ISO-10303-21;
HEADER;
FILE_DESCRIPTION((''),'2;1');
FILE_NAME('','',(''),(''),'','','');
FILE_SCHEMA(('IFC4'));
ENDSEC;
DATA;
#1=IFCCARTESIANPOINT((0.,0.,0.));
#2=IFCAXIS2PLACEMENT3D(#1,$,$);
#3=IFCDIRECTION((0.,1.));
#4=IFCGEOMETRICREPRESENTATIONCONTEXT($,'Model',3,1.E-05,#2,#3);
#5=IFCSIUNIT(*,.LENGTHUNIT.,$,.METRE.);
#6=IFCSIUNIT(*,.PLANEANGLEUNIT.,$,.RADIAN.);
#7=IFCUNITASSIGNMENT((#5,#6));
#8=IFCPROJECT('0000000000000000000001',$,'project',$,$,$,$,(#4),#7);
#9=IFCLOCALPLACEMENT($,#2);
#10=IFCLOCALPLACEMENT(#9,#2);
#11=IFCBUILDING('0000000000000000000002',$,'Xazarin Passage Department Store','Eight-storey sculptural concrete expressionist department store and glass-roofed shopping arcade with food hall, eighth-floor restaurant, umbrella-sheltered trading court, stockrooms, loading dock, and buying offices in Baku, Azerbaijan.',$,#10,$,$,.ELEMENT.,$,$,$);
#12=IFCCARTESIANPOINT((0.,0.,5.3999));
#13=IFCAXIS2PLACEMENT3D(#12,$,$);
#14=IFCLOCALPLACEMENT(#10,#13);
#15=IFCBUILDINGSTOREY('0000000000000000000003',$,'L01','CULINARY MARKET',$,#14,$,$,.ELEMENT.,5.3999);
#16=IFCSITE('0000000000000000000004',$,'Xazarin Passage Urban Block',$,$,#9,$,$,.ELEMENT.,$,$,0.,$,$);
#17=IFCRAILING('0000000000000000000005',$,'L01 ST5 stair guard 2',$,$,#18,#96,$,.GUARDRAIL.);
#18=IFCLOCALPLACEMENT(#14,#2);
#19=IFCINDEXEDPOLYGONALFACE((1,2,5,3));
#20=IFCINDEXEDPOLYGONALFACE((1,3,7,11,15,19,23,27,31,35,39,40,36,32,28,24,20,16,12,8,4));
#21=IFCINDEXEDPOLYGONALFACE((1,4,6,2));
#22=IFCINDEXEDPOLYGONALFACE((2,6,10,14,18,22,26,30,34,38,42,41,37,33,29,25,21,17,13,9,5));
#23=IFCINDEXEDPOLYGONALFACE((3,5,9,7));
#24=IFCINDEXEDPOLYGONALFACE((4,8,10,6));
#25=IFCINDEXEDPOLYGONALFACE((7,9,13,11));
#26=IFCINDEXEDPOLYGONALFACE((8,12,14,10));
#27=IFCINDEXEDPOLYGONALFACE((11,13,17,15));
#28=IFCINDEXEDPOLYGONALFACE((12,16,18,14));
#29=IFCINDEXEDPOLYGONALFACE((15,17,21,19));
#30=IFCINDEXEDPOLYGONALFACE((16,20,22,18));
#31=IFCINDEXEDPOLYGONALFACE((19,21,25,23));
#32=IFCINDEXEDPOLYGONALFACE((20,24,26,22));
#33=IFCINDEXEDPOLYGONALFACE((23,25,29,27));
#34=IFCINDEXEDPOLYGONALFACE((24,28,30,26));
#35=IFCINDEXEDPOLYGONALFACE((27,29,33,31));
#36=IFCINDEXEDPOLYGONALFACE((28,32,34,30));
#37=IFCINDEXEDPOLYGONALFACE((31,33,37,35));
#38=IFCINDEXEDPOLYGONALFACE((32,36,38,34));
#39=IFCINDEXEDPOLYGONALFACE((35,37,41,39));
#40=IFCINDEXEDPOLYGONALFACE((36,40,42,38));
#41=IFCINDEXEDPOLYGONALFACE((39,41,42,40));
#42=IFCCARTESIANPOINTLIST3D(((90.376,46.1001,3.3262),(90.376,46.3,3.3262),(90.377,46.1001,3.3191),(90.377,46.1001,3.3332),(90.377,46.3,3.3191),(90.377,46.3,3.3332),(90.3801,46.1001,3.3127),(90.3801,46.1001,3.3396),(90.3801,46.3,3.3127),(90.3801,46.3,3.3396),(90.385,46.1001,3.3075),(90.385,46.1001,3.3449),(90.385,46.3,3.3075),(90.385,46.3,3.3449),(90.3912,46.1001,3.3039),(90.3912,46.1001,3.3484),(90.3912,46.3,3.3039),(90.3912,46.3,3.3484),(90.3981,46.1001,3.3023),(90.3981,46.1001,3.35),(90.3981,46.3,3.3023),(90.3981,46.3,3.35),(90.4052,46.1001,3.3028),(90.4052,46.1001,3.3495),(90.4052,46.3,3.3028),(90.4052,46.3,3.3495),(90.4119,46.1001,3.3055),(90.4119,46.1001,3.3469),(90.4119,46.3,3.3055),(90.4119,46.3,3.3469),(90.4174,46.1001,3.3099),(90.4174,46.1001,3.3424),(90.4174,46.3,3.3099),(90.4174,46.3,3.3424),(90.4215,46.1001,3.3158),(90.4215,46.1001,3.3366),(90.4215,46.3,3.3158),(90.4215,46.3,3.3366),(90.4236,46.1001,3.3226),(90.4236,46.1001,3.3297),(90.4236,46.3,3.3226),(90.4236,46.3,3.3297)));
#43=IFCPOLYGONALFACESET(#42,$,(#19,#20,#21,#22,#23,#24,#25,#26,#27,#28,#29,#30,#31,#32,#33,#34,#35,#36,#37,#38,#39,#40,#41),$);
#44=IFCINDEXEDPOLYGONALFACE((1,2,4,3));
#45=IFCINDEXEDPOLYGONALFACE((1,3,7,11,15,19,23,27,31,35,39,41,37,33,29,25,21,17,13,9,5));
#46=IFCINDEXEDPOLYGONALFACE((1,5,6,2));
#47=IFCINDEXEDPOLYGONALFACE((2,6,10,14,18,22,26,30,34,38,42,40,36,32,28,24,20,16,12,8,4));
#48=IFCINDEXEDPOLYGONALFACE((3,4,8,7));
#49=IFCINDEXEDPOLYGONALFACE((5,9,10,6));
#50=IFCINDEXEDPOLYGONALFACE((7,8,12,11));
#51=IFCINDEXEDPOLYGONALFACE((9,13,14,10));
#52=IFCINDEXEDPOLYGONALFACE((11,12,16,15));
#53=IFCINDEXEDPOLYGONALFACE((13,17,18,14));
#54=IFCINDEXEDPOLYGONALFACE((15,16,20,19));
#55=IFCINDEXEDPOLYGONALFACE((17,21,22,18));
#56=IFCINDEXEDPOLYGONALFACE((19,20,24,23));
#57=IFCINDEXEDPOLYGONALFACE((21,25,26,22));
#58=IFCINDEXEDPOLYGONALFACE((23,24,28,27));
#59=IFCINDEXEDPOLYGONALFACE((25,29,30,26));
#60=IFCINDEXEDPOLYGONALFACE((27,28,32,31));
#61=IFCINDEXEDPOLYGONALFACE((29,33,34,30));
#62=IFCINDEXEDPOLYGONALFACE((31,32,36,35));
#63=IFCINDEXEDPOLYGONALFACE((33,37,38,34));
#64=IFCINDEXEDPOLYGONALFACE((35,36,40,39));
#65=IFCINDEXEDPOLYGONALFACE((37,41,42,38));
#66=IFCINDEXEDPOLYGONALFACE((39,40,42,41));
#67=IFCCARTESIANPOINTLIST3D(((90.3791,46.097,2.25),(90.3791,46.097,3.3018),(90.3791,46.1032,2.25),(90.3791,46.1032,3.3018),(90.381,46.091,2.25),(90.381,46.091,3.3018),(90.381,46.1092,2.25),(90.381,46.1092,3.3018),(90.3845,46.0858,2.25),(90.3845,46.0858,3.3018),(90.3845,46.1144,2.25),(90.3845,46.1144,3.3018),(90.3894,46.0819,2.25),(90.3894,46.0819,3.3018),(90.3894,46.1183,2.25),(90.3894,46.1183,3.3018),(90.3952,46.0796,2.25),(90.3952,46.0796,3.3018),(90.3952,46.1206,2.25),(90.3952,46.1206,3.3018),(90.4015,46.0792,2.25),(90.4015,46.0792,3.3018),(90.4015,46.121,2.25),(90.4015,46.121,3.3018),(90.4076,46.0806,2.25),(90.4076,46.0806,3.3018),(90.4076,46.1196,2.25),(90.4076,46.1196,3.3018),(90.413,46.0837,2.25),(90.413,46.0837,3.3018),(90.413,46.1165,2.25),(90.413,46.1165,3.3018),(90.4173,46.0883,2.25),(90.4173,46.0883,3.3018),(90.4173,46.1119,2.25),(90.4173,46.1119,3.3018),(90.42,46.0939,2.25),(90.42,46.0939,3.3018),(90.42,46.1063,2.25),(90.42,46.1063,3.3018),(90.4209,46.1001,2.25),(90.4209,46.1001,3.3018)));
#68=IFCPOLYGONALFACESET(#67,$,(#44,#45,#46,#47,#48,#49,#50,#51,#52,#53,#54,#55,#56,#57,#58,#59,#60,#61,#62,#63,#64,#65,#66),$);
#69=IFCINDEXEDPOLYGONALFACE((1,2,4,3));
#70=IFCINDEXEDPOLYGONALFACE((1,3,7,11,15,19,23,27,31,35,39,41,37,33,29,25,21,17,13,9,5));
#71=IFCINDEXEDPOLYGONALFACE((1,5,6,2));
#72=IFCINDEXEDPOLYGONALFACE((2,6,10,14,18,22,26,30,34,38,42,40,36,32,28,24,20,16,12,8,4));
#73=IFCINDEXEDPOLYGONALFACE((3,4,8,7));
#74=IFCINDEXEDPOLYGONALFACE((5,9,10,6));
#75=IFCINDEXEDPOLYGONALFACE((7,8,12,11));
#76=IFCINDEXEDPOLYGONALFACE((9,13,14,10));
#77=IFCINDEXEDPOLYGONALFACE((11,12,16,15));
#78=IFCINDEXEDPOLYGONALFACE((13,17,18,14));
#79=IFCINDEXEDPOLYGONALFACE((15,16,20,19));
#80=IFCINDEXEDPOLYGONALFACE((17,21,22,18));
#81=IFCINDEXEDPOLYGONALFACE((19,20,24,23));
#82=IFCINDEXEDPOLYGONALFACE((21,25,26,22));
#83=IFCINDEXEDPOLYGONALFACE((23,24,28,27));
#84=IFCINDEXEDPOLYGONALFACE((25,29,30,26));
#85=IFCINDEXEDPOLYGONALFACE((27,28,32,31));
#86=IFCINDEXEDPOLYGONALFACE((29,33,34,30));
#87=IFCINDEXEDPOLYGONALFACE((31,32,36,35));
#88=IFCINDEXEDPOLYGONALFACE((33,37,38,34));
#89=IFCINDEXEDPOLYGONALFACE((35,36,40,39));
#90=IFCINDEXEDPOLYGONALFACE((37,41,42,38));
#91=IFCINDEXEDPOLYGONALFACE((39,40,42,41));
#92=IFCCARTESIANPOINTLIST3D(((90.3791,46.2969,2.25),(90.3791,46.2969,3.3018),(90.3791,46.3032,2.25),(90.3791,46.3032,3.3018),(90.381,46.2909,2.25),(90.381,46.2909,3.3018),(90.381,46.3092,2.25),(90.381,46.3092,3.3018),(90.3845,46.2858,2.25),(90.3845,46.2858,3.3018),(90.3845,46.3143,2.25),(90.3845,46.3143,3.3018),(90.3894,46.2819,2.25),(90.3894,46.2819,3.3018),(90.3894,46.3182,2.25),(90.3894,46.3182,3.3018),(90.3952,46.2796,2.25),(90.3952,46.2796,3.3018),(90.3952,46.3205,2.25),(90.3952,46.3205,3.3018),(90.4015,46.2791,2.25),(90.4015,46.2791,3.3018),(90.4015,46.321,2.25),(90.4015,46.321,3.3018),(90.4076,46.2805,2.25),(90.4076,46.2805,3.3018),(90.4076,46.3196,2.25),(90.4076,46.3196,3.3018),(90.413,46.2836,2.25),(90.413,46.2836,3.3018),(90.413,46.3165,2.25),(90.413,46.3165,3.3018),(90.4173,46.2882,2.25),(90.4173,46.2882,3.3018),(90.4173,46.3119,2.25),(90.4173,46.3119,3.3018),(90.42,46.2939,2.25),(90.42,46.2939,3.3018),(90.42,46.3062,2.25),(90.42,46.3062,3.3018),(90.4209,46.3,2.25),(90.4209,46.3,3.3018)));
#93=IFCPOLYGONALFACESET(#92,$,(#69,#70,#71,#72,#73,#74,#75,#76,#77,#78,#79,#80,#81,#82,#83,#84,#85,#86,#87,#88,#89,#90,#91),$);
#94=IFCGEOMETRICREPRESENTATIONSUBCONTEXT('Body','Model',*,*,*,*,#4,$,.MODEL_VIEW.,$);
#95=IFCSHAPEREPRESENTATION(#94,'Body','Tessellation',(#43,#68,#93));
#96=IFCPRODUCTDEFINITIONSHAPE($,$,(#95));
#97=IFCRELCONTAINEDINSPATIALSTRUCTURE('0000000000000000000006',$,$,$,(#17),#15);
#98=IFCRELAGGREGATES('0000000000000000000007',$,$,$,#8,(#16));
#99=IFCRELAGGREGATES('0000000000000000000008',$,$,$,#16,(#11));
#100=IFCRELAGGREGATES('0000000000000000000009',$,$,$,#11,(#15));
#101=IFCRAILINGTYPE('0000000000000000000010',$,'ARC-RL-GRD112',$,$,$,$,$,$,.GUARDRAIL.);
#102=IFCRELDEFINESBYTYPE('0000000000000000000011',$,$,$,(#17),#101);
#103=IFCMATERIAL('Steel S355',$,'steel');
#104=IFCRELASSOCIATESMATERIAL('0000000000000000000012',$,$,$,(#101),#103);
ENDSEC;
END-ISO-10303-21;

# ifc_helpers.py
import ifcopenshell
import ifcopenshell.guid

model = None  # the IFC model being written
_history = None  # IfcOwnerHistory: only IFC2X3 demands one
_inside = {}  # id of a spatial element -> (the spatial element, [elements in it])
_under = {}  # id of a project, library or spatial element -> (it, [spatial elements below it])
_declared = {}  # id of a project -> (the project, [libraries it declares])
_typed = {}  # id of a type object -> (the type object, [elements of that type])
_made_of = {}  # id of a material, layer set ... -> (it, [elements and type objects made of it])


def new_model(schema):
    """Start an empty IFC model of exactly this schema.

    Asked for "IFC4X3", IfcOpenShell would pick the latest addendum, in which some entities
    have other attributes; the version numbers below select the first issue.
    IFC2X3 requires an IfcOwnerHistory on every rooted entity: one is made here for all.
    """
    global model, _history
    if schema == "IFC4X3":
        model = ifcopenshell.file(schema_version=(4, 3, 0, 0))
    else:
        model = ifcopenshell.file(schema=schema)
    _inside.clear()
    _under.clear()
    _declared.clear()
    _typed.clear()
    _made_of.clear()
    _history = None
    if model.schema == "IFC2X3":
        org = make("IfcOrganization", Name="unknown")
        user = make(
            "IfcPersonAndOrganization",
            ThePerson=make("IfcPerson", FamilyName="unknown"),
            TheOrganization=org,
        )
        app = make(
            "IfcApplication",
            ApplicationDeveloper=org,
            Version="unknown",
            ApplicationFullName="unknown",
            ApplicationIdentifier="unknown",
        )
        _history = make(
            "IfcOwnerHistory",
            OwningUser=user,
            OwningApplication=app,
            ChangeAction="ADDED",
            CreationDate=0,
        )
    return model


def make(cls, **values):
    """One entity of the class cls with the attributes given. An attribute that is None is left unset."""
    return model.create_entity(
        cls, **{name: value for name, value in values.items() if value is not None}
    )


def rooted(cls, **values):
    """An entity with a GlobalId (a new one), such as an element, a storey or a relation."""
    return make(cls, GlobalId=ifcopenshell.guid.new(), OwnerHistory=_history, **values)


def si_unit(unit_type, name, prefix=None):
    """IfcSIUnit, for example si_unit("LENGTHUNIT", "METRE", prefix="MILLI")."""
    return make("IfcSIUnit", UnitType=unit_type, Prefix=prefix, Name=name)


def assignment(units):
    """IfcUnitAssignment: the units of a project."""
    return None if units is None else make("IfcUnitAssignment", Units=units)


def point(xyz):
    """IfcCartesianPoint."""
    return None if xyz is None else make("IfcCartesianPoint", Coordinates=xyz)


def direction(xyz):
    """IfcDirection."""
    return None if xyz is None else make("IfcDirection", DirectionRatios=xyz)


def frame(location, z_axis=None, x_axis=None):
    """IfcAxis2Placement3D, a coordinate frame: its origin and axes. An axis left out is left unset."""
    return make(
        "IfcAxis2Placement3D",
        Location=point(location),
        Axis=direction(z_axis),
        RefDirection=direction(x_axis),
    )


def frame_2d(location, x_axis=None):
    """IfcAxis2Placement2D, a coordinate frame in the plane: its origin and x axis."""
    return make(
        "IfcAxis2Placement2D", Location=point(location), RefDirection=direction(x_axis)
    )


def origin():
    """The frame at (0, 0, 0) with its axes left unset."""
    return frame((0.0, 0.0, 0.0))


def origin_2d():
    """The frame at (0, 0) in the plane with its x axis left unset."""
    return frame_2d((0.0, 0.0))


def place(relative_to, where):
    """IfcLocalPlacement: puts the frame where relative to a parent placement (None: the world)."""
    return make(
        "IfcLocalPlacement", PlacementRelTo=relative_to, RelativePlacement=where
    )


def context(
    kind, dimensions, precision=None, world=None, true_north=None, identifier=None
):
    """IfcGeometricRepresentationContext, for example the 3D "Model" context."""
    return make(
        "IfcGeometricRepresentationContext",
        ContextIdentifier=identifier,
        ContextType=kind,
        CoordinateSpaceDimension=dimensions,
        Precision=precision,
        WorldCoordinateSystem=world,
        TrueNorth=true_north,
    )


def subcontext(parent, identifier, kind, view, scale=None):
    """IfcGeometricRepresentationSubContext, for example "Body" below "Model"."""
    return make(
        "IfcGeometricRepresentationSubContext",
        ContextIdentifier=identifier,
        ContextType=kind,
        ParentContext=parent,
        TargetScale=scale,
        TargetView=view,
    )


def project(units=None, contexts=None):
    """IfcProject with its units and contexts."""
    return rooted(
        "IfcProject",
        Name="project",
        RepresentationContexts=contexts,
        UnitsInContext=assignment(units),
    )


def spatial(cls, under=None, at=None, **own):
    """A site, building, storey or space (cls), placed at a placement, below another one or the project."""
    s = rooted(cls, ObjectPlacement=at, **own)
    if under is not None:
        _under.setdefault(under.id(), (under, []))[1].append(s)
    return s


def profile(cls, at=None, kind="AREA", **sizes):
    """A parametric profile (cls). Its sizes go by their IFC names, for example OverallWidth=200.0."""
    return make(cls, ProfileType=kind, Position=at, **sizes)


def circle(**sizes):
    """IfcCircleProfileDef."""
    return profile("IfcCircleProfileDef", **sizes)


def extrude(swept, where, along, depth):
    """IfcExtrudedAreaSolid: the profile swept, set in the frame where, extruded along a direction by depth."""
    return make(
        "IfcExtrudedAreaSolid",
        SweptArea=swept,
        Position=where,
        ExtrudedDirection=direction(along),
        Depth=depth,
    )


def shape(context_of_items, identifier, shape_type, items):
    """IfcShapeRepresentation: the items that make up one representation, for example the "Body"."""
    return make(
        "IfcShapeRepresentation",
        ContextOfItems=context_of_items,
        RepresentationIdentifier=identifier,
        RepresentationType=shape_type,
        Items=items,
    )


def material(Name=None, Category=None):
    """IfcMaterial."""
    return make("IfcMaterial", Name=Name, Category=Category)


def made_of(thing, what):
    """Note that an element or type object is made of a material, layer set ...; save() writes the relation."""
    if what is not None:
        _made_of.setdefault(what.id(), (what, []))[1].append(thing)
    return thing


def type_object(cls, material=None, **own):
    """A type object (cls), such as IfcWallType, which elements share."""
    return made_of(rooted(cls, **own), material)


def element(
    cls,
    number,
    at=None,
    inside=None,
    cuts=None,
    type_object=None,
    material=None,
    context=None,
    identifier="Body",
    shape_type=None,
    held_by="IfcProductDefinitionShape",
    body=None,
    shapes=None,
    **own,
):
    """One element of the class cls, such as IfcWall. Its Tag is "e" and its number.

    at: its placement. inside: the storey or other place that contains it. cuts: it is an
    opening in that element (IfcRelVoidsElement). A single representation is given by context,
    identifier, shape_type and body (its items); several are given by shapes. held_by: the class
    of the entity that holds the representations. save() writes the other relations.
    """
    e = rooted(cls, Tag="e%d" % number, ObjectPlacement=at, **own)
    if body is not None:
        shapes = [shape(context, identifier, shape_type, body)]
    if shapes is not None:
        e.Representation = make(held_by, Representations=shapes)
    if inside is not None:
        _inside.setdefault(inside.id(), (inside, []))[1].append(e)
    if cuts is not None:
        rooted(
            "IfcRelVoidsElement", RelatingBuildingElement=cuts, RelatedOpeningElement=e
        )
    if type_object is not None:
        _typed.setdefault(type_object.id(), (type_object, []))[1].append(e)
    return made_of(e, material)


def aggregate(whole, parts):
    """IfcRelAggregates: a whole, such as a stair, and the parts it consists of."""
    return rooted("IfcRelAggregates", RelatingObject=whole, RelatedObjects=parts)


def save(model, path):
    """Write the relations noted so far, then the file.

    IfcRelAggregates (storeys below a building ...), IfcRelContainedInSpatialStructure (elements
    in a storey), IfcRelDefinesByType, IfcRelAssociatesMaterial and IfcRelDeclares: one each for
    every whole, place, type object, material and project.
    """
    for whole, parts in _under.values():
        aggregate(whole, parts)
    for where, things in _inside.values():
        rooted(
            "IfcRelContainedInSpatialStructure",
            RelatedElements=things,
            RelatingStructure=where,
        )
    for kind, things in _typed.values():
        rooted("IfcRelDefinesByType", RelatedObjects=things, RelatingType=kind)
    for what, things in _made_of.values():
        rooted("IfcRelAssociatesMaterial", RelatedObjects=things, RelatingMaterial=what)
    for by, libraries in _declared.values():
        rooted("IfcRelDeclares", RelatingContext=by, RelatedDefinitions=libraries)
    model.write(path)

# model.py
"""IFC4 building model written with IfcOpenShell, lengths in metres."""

from ifc_helpers import new_model, si_unit, direction, frame, origin, origin_2d, place, context, subcontext, project, spatial, circle, extrude, material, type_object, element, save


model = new_model("IFC4")

# Units and contexts
model_context = context("Model", 3, precision=1e-05, world=origin(), true_north=direction((0.0, 1.0)))
body_context = subcontext(model_context, "Body", "Model", "MODEL_VIEW")
ifc_project = project(units=[si_unit("LENGTHUNIT", "METRE"), si_unit("PLANEANGLEUNIT", "RADIAN")], contexts=[model_context])

# Site, building, storey
site_placement = place(None, origin())
site = spatial("IfcSite", under=ifc_project, at=site_placement, Name="Xazarin Passage Urban Block", CompositionType="ELEMENT", RefElevation=0.0)
building_placement = place(site_placement, origin())
building = spatial("IfcBuilding", under=site, at=building_placement, Name="Xazarin Passage Department Store", Description="Eight-storey sculptural concrete expressionist department store and glass-roofed shopping arcade with food hall, eighth-floor restaurant, umbrella-sheltered trading court, stockrooms, loading dock, and buying offices in Baku, Azerbaijan.", CompositionType="ELEMENT")
storey_placement = place(building_placement, frame((0.0, 0.0, 5.3999)))
storey = spatial("IfcBuildingStorey", under=building, at=storey_placement, Name="L01", Description="CULINARY MARKET", CompositionType="ELEMENT", Elevation=5.3999)

# Shared definitions
ifc_material_1 = material(Name="Steel S355", Category="steel")

# Railing
railing_type_1 = type_object("IfcRailingType", Name="ARC-RL-GRD112", PredefinedType="GUARDRAIL", material=ifc_material_1)
railing_1_placement = place(storey_placement, frame((90.3999, 46.1001, 2.25)))
element("IfcRailing", 1, at=railing_1_placement, inside=storey, type_object=railing_type_1, Name="L01 ST5 stair guard 2", PredefinedType="GUARDRAIL", context=body_context, shape_type="SweptSolid", body=[
    extrude(circle(Radius=0.0239, at=origin_2d()), frame((0.0, 0.0, 1.0762), z_axis=(0.0, 1.0, 0.0), x_axis=(-1.0, 0.0, 0.0)), (0.0, 0.0, 1.0), 0.2),
    extrude(circle(Radius=0.021, at=origin_2d()), origin(), (0.0, 0.0, 1.0), 1.0518),
    extrude(circle(Radius=0.021, at=origin_2d()), frame((0.0, 0.2, 0.0)), (0.0, 0.0, 1.0), 1.0518),
])

save(model, "model.ifc")
